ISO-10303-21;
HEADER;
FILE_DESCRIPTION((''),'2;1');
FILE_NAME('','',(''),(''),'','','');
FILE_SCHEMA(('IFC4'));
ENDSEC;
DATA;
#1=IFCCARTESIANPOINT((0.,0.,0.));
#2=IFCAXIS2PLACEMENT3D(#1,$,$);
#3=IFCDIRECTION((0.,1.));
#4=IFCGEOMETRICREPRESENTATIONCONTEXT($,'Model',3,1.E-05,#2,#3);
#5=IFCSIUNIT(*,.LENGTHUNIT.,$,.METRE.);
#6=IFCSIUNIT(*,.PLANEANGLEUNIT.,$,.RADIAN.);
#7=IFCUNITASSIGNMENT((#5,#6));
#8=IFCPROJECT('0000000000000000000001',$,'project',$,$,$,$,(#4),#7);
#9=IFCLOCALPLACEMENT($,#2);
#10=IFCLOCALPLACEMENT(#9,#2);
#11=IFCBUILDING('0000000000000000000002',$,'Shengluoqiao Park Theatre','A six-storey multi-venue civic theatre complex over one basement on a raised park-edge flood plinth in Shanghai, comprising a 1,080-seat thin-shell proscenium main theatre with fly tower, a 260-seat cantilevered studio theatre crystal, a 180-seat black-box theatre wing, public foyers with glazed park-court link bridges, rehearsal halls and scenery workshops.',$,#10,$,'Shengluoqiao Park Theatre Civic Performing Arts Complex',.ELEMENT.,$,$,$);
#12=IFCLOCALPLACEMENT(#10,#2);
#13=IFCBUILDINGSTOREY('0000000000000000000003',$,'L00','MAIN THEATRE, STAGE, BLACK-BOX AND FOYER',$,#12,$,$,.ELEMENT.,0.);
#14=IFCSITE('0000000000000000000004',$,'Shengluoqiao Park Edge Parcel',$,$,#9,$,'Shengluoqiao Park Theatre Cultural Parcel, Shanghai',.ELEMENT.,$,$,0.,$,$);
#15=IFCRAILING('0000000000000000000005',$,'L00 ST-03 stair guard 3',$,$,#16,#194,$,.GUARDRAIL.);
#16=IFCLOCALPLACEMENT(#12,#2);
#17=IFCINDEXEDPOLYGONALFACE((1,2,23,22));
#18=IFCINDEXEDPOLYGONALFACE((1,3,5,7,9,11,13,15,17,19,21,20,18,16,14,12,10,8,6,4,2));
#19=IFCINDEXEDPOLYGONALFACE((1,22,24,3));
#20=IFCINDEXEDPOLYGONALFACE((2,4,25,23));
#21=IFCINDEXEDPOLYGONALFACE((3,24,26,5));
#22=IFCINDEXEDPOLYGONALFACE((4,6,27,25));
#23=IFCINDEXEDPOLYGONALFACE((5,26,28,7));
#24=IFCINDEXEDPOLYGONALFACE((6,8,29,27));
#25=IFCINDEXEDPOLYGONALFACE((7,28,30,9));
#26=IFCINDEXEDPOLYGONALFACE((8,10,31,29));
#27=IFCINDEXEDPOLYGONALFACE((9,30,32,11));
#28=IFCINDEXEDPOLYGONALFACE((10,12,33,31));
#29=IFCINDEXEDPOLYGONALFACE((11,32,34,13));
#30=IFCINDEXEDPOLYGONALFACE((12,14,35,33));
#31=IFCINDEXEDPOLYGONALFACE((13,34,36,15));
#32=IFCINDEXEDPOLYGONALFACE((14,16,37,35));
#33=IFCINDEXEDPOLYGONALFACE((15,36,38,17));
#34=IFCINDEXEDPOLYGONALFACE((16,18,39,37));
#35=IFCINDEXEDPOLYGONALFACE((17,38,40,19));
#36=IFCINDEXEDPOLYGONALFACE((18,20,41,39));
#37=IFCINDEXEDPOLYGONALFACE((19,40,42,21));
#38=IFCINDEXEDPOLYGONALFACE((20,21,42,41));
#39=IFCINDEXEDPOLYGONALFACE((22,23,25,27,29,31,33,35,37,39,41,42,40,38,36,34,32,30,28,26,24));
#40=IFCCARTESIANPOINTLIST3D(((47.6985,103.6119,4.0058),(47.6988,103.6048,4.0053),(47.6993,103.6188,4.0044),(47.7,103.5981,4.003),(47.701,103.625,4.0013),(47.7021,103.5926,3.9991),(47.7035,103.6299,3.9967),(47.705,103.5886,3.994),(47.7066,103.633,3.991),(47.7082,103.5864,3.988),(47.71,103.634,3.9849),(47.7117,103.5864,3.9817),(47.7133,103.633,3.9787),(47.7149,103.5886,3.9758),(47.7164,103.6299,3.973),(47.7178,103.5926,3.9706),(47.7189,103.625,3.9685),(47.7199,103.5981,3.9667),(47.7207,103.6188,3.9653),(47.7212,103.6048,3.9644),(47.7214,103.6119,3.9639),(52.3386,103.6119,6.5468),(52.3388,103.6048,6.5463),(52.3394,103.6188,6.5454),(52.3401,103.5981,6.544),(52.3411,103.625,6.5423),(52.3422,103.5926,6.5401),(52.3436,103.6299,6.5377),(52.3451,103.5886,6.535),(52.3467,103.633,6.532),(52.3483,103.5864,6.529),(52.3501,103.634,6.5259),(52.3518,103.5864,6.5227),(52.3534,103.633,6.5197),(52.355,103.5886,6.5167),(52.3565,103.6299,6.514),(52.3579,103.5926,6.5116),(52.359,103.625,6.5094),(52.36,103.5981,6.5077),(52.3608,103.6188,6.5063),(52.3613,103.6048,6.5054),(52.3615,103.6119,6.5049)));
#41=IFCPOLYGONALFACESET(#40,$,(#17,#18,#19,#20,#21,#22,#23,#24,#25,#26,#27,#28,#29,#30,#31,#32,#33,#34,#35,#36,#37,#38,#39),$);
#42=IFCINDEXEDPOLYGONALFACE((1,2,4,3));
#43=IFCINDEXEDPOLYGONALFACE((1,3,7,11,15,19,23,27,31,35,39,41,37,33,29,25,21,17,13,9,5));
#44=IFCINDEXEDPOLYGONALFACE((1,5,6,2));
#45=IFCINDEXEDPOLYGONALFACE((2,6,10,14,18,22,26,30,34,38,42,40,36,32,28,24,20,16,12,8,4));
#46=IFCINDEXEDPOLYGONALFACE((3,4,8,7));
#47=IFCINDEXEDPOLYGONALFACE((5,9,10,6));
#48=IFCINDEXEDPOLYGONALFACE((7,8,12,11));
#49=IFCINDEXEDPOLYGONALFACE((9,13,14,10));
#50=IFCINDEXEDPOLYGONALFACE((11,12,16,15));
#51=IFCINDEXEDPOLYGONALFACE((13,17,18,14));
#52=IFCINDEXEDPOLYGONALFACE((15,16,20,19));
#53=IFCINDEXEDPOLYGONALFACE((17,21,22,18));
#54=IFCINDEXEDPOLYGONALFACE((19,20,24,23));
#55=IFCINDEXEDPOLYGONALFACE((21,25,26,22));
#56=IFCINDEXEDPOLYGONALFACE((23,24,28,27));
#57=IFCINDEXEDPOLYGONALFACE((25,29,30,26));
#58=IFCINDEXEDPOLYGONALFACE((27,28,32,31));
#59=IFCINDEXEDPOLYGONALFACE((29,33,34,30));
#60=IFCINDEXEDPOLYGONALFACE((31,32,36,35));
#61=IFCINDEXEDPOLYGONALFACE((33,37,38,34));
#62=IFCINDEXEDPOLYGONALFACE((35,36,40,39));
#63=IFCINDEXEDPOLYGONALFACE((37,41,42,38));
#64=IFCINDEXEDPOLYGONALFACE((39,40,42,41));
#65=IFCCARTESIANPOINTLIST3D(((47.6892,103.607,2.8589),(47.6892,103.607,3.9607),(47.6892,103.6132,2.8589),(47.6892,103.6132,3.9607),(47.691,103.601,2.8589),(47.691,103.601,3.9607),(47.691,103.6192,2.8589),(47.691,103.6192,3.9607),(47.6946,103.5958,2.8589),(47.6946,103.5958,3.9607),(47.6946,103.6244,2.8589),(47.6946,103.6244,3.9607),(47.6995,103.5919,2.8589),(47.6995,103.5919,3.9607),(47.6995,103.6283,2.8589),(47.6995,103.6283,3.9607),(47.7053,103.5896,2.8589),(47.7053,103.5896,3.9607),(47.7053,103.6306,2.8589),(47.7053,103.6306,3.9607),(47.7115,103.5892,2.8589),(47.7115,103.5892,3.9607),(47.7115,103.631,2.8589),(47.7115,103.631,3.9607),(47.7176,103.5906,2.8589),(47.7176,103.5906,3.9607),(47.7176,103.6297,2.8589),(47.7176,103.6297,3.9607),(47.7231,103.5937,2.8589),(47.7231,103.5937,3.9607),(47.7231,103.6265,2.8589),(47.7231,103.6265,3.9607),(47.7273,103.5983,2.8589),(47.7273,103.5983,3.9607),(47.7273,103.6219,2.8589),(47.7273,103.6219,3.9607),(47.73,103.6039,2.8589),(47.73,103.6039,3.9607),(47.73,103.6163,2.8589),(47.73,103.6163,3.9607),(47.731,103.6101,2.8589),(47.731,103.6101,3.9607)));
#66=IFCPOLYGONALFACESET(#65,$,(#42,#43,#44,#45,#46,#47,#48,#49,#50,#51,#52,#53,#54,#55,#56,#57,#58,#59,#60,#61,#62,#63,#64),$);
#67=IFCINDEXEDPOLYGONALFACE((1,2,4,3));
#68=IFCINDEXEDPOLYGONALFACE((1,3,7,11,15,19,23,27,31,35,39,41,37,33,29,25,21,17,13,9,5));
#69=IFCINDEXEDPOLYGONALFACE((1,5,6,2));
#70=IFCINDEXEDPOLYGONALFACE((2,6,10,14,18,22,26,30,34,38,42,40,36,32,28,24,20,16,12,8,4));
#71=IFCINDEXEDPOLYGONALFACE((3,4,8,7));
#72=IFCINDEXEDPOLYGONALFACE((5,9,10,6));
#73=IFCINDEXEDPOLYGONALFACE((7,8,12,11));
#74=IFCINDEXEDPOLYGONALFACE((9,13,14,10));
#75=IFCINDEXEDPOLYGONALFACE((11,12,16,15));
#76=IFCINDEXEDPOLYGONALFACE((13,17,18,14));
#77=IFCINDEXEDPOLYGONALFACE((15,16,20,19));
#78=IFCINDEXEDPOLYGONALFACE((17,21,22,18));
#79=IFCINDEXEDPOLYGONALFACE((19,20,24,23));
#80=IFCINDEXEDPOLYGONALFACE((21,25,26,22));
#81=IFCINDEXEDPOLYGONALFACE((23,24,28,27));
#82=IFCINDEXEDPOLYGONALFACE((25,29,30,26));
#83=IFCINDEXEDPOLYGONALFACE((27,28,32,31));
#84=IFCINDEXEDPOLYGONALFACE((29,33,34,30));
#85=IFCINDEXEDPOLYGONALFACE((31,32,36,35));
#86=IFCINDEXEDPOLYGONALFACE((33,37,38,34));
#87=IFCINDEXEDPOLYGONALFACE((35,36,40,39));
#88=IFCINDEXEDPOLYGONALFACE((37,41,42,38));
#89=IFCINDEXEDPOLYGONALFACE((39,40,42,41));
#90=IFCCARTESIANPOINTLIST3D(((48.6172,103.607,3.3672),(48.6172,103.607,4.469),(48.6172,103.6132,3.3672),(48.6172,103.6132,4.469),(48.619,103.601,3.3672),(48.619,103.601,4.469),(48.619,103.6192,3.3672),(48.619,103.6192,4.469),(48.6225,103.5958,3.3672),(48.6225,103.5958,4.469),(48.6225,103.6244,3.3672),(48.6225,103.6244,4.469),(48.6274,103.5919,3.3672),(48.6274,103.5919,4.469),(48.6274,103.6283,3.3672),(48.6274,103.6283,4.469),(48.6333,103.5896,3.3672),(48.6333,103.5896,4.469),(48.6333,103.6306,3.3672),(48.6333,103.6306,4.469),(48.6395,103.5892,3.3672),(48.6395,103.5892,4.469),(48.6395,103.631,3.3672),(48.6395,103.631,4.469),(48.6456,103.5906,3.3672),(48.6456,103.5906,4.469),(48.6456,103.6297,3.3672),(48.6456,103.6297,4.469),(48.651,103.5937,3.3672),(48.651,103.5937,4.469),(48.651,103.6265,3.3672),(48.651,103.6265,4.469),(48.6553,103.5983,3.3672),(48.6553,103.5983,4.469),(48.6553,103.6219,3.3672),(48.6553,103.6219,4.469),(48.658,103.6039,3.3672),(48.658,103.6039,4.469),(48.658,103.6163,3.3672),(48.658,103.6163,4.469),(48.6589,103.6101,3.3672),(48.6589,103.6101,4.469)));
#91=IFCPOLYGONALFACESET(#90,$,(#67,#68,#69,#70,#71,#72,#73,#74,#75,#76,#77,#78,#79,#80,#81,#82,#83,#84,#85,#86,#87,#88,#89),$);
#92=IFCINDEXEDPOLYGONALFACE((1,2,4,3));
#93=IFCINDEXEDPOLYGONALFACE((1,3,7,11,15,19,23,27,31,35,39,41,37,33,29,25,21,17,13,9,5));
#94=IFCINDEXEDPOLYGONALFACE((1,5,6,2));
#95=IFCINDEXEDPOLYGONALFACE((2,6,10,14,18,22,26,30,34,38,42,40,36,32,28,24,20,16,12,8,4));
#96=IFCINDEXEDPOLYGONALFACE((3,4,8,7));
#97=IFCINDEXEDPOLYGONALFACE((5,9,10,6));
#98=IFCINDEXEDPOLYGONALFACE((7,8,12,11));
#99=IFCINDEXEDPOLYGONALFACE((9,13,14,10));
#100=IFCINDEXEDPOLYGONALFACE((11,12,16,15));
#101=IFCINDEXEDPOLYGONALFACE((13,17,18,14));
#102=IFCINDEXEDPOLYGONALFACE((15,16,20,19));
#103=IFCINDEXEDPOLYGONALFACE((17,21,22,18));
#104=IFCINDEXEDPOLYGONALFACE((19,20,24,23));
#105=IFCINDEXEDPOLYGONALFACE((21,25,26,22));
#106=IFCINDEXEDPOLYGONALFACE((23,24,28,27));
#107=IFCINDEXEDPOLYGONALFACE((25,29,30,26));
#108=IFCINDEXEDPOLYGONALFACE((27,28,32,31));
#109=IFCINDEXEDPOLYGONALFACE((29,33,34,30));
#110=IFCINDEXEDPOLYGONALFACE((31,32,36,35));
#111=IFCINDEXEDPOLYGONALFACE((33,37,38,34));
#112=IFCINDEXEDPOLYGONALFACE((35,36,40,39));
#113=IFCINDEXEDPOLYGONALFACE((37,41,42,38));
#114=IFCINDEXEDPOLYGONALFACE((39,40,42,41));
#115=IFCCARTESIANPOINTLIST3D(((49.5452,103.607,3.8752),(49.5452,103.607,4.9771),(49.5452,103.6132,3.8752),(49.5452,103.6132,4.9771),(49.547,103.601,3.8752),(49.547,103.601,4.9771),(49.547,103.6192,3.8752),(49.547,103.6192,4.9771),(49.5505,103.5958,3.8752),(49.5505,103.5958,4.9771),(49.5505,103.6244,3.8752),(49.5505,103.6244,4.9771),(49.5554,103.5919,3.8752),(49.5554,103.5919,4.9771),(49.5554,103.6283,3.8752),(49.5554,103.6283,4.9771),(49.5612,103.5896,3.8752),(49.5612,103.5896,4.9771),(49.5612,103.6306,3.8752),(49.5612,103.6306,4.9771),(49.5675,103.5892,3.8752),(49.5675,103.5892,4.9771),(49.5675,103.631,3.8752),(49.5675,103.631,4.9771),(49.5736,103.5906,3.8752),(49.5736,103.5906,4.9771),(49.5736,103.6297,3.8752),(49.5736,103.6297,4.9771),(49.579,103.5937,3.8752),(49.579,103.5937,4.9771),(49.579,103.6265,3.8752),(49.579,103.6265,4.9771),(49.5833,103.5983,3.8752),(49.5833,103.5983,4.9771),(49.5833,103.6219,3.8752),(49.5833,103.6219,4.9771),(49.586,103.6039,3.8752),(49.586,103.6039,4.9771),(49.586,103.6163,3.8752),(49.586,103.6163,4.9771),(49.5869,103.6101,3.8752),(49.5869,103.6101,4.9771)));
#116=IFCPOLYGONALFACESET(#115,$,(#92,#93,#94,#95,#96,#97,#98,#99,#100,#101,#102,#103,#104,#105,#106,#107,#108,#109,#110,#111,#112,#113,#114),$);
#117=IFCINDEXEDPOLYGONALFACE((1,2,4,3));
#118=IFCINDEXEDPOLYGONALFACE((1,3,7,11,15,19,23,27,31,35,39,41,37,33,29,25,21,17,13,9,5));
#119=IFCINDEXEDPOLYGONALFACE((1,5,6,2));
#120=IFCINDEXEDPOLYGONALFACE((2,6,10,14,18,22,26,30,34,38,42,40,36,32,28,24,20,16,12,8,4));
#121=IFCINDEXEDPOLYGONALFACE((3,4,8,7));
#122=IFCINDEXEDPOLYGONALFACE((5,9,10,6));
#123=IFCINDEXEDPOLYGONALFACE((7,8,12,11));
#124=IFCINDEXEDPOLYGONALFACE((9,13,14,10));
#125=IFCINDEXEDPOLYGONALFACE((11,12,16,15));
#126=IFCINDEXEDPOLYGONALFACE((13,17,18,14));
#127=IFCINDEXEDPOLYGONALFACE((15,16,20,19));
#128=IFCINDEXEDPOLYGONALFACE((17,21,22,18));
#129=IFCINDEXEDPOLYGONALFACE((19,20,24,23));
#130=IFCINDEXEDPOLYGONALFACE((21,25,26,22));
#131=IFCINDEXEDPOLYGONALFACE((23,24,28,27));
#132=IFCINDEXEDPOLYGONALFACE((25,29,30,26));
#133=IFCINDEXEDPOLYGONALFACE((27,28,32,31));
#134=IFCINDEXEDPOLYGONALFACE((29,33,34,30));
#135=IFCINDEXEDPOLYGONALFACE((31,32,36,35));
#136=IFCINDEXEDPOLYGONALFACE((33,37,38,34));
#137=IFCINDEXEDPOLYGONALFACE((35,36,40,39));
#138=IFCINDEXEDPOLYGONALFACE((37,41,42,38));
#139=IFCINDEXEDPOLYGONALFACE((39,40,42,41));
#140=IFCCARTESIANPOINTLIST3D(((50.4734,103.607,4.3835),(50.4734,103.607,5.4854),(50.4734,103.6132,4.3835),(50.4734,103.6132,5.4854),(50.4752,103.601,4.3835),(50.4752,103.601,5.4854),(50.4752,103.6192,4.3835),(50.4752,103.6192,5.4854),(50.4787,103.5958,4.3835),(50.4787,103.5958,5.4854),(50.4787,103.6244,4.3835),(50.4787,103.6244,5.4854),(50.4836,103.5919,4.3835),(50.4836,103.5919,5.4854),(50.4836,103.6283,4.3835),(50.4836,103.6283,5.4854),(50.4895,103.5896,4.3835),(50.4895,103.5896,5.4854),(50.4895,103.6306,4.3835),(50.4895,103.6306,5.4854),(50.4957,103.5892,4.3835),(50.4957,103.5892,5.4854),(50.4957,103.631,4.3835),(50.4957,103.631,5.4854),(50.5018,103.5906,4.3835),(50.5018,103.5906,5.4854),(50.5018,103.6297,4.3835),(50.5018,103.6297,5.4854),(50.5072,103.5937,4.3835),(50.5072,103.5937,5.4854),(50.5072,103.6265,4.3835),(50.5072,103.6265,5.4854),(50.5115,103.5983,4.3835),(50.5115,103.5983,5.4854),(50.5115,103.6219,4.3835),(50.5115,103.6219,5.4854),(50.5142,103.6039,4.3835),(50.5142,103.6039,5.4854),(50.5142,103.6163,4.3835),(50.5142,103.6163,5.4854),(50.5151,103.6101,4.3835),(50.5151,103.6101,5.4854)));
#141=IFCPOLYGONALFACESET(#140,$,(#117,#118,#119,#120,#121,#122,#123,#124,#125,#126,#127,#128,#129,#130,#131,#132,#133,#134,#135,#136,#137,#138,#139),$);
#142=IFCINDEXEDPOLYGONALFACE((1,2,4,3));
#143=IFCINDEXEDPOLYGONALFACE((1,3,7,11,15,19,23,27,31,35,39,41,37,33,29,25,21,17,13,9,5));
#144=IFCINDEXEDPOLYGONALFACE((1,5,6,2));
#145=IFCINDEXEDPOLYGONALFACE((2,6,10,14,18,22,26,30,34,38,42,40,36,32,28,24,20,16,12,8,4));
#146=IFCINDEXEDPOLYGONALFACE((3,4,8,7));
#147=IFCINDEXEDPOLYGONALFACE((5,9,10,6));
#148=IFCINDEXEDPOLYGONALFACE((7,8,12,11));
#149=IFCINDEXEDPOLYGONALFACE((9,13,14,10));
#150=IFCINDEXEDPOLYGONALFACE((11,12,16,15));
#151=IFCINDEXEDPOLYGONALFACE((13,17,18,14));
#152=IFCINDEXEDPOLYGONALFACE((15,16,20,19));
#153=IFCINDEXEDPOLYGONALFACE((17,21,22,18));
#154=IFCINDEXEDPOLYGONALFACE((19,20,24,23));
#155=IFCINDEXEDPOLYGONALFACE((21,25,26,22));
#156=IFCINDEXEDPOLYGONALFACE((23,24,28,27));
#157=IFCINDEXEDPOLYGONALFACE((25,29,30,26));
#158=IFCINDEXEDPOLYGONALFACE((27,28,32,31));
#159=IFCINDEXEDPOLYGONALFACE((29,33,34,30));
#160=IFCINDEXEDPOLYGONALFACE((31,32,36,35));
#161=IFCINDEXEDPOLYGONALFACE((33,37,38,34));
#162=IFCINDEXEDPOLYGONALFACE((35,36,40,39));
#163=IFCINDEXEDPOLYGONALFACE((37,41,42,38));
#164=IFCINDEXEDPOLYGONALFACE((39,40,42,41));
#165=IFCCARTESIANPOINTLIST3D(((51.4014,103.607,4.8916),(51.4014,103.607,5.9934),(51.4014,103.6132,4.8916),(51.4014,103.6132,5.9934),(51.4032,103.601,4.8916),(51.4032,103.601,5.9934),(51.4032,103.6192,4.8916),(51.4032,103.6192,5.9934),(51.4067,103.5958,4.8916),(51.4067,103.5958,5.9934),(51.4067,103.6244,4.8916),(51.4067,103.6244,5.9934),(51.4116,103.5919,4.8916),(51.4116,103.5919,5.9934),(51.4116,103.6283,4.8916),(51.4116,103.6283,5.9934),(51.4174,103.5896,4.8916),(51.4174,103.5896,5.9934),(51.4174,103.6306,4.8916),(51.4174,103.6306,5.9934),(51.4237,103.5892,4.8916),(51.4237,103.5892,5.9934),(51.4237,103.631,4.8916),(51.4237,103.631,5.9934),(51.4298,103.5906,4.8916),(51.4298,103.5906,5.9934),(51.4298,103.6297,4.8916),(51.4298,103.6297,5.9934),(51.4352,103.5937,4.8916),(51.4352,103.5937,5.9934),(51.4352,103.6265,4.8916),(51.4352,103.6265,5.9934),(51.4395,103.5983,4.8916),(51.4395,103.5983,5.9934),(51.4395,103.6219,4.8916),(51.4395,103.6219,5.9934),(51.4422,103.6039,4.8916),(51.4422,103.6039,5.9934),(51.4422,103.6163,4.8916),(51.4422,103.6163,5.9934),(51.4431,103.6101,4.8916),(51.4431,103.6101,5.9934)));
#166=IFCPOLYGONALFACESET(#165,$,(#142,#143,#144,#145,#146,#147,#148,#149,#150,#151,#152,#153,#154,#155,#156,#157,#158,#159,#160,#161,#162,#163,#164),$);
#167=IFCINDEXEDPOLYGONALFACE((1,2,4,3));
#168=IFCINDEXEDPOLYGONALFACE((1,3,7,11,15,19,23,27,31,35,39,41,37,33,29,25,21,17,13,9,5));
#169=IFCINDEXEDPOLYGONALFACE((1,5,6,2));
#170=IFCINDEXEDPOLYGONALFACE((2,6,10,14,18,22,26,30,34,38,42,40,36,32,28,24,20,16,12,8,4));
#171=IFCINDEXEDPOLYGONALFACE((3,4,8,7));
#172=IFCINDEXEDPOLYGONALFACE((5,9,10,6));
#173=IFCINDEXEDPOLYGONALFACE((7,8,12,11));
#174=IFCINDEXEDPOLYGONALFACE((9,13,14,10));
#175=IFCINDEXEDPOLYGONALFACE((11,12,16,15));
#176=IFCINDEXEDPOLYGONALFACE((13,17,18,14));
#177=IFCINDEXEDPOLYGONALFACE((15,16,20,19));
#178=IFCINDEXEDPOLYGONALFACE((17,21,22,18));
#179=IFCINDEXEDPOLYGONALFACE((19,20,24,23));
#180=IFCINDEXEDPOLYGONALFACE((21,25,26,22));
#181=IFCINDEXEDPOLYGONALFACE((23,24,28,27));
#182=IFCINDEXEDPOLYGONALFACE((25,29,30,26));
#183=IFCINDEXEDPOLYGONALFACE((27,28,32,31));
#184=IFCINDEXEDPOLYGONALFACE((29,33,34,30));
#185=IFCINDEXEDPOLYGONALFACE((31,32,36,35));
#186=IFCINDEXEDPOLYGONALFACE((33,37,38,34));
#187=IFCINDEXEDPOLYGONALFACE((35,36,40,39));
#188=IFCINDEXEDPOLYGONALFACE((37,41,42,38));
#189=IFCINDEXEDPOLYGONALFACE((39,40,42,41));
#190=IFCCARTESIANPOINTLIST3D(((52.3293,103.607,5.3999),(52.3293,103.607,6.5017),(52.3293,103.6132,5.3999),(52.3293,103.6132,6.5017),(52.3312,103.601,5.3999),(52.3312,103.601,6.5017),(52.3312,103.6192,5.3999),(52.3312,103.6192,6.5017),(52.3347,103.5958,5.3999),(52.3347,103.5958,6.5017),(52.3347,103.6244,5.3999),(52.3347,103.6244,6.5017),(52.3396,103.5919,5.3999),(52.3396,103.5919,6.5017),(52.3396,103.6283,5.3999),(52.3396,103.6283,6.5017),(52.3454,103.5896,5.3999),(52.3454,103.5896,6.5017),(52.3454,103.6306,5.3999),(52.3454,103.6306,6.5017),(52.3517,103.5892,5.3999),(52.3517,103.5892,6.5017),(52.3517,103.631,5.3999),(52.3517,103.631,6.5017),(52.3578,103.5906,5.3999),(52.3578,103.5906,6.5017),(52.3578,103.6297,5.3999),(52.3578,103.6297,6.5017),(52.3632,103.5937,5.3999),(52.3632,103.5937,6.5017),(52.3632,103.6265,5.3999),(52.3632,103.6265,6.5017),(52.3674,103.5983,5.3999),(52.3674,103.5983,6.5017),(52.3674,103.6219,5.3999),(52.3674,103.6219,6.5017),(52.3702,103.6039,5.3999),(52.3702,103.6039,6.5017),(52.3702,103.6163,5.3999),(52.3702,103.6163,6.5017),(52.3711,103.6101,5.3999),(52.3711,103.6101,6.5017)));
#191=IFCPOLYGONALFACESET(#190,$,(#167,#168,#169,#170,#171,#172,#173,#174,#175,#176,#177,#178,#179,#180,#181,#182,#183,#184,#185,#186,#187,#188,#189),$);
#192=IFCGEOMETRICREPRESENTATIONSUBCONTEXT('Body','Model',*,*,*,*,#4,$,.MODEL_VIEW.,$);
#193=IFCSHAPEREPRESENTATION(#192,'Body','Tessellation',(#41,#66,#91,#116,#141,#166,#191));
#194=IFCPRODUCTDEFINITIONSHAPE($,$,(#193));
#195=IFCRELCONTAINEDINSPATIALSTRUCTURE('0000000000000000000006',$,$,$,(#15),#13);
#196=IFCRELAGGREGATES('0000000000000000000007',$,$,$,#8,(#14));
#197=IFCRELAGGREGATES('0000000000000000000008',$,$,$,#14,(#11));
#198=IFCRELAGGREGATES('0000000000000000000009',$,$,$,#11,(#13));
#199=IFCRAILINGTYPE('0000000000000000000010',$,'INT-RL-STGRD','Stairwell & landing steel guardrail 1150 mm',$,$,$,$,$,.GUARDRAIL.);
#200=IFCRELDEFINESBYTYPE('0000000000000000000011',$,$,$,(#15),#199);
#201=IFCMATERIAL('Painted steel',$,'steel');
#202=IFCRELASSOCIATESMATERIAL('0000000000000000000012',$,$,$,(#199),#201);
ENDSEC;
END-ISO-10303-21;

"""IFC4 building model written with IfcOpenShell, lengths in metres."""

from ifc_helpers import new_model, si_unit, direction, frame, origin, origin_2d, place, context, subcontext, project, spatial, circle, extrude, material, type_object, element, save


model = new_model("IFC4")

# Units and contexts
model_context = context("Model", 3, precision=1e-05, world=origin(), true_north=direction((0.0, 1.0)))
body_context = subcontext(model_context, "Body", "Model", "MODEL_VIEW")
ifc_project = project(units=[si_unit("LENGTHUNIT", "METRE"), si_unit("PLANEANGLEUNIT", "RADIAN")], contexts=[model_context])

# Site, building, storey
site_placement = place(None, origin())
site = spatial("IfcSite", under=ifc_project, at=site_placement, Name="Shengluoqiao Park Edge Parcel", LongName="Shengluoqiao Park Theatre Cultural Parcel, Shanghai", CompositionType="ELEMENT", RefElevation=0.0)
building_placement = place(site_placement, origin())
building = spatial("IfcBuilding", under=site, at=building_placement, Name="Shengluoqiao Park Theatre", Description="A six-storey multi-venue civic theatre complex over one basement on a raised park-edge flood plinth in Shanghai, comprising a 1,080-seat thin-shell proscenium main theatre with fly tower, a 260-seat cantilevered studio theatre crystal, a 180-seat black-box theatre wing, public foyers with glazed park-court link bridges, rehearsal halls and scenery workshops.", LongName="Shengluoqiao Park Theatre Civic Performing Arts Complex", CompositionType="ELEMENT")
storey_placement = place(building_placement, origin())
storey = spatial("IfcBuildingStorey", under=building, at=storey_placement, Name="L00", Description="MAIN THEATRE, STAGE, BLACK-BOX AND FOYER", CompositionType="ELEMENT", Elevation=0.0)

# Railing
ifc_material_1 = material(Name="Painted steel", Category="steel")
railing_type_1 = type_object("IfcRailingType", Name="INT-RL-STGRD", Description="Stairwell & landing steel guardrail 1150 mm", PredefinedType="GUARDRAIL", material=ifc_material_1)
railing_1_placement = place(storey_placement, frame((47.71, 103.6101, 2.8589)))
element("IfcRailing", 1, at=railing_1_placement, inside=storey, type_object=railing_type_1, Name="L00 ST-03 stair guard 3", PredefinedType="GUARDRAIL", context=body_context, shape_type="SweptSolid", body=[
    extrude(circle(Radius=0.0239, at=origin_2d()), frame((0.0, 0.0, 1.126), z_axis=(0.877097, 0.0, 0.480313), x_axis=(0.0, 1.0, 0.0)), (0.0, 0.0, 1.0), 5.2903),
    extrude(circle(Radius=0.021, at=origin_2d()), origin(), (0.0, 0.0, 1.0), 1.1018),
    extrude(circle(Radius=0.021, at=origin_2d()), frame((0.928, 0.0, 0.5083)), (0.0, 0.0, 1.0), 1.1018),
    extrude(circle(Radius=0.021, at=origin_2d()), frame((1.856, 0.0, 1.0164)), (0.0, 0.0, 1.0), 1.1018),
    extrude(circle(Radius=0.021, at=origin_2d()), frame((2.7842, 0.0, 1.5247)), (0.0, 0.0, 1.0), 1.1018),
    extrude(circle(Radius=0.021, at=origin_2d()), frame((3.7122, 0.0, 2.0327)), (0.0, 0.0, 1.0), 1.1018),
    extrude(circle(Radius=0.021, at=origin_2d()), frame((4.6401, 0.0, 2.541)), (0.0, 0.0, 1.0), 1.1018),
])

save(model, "model.ifc")
